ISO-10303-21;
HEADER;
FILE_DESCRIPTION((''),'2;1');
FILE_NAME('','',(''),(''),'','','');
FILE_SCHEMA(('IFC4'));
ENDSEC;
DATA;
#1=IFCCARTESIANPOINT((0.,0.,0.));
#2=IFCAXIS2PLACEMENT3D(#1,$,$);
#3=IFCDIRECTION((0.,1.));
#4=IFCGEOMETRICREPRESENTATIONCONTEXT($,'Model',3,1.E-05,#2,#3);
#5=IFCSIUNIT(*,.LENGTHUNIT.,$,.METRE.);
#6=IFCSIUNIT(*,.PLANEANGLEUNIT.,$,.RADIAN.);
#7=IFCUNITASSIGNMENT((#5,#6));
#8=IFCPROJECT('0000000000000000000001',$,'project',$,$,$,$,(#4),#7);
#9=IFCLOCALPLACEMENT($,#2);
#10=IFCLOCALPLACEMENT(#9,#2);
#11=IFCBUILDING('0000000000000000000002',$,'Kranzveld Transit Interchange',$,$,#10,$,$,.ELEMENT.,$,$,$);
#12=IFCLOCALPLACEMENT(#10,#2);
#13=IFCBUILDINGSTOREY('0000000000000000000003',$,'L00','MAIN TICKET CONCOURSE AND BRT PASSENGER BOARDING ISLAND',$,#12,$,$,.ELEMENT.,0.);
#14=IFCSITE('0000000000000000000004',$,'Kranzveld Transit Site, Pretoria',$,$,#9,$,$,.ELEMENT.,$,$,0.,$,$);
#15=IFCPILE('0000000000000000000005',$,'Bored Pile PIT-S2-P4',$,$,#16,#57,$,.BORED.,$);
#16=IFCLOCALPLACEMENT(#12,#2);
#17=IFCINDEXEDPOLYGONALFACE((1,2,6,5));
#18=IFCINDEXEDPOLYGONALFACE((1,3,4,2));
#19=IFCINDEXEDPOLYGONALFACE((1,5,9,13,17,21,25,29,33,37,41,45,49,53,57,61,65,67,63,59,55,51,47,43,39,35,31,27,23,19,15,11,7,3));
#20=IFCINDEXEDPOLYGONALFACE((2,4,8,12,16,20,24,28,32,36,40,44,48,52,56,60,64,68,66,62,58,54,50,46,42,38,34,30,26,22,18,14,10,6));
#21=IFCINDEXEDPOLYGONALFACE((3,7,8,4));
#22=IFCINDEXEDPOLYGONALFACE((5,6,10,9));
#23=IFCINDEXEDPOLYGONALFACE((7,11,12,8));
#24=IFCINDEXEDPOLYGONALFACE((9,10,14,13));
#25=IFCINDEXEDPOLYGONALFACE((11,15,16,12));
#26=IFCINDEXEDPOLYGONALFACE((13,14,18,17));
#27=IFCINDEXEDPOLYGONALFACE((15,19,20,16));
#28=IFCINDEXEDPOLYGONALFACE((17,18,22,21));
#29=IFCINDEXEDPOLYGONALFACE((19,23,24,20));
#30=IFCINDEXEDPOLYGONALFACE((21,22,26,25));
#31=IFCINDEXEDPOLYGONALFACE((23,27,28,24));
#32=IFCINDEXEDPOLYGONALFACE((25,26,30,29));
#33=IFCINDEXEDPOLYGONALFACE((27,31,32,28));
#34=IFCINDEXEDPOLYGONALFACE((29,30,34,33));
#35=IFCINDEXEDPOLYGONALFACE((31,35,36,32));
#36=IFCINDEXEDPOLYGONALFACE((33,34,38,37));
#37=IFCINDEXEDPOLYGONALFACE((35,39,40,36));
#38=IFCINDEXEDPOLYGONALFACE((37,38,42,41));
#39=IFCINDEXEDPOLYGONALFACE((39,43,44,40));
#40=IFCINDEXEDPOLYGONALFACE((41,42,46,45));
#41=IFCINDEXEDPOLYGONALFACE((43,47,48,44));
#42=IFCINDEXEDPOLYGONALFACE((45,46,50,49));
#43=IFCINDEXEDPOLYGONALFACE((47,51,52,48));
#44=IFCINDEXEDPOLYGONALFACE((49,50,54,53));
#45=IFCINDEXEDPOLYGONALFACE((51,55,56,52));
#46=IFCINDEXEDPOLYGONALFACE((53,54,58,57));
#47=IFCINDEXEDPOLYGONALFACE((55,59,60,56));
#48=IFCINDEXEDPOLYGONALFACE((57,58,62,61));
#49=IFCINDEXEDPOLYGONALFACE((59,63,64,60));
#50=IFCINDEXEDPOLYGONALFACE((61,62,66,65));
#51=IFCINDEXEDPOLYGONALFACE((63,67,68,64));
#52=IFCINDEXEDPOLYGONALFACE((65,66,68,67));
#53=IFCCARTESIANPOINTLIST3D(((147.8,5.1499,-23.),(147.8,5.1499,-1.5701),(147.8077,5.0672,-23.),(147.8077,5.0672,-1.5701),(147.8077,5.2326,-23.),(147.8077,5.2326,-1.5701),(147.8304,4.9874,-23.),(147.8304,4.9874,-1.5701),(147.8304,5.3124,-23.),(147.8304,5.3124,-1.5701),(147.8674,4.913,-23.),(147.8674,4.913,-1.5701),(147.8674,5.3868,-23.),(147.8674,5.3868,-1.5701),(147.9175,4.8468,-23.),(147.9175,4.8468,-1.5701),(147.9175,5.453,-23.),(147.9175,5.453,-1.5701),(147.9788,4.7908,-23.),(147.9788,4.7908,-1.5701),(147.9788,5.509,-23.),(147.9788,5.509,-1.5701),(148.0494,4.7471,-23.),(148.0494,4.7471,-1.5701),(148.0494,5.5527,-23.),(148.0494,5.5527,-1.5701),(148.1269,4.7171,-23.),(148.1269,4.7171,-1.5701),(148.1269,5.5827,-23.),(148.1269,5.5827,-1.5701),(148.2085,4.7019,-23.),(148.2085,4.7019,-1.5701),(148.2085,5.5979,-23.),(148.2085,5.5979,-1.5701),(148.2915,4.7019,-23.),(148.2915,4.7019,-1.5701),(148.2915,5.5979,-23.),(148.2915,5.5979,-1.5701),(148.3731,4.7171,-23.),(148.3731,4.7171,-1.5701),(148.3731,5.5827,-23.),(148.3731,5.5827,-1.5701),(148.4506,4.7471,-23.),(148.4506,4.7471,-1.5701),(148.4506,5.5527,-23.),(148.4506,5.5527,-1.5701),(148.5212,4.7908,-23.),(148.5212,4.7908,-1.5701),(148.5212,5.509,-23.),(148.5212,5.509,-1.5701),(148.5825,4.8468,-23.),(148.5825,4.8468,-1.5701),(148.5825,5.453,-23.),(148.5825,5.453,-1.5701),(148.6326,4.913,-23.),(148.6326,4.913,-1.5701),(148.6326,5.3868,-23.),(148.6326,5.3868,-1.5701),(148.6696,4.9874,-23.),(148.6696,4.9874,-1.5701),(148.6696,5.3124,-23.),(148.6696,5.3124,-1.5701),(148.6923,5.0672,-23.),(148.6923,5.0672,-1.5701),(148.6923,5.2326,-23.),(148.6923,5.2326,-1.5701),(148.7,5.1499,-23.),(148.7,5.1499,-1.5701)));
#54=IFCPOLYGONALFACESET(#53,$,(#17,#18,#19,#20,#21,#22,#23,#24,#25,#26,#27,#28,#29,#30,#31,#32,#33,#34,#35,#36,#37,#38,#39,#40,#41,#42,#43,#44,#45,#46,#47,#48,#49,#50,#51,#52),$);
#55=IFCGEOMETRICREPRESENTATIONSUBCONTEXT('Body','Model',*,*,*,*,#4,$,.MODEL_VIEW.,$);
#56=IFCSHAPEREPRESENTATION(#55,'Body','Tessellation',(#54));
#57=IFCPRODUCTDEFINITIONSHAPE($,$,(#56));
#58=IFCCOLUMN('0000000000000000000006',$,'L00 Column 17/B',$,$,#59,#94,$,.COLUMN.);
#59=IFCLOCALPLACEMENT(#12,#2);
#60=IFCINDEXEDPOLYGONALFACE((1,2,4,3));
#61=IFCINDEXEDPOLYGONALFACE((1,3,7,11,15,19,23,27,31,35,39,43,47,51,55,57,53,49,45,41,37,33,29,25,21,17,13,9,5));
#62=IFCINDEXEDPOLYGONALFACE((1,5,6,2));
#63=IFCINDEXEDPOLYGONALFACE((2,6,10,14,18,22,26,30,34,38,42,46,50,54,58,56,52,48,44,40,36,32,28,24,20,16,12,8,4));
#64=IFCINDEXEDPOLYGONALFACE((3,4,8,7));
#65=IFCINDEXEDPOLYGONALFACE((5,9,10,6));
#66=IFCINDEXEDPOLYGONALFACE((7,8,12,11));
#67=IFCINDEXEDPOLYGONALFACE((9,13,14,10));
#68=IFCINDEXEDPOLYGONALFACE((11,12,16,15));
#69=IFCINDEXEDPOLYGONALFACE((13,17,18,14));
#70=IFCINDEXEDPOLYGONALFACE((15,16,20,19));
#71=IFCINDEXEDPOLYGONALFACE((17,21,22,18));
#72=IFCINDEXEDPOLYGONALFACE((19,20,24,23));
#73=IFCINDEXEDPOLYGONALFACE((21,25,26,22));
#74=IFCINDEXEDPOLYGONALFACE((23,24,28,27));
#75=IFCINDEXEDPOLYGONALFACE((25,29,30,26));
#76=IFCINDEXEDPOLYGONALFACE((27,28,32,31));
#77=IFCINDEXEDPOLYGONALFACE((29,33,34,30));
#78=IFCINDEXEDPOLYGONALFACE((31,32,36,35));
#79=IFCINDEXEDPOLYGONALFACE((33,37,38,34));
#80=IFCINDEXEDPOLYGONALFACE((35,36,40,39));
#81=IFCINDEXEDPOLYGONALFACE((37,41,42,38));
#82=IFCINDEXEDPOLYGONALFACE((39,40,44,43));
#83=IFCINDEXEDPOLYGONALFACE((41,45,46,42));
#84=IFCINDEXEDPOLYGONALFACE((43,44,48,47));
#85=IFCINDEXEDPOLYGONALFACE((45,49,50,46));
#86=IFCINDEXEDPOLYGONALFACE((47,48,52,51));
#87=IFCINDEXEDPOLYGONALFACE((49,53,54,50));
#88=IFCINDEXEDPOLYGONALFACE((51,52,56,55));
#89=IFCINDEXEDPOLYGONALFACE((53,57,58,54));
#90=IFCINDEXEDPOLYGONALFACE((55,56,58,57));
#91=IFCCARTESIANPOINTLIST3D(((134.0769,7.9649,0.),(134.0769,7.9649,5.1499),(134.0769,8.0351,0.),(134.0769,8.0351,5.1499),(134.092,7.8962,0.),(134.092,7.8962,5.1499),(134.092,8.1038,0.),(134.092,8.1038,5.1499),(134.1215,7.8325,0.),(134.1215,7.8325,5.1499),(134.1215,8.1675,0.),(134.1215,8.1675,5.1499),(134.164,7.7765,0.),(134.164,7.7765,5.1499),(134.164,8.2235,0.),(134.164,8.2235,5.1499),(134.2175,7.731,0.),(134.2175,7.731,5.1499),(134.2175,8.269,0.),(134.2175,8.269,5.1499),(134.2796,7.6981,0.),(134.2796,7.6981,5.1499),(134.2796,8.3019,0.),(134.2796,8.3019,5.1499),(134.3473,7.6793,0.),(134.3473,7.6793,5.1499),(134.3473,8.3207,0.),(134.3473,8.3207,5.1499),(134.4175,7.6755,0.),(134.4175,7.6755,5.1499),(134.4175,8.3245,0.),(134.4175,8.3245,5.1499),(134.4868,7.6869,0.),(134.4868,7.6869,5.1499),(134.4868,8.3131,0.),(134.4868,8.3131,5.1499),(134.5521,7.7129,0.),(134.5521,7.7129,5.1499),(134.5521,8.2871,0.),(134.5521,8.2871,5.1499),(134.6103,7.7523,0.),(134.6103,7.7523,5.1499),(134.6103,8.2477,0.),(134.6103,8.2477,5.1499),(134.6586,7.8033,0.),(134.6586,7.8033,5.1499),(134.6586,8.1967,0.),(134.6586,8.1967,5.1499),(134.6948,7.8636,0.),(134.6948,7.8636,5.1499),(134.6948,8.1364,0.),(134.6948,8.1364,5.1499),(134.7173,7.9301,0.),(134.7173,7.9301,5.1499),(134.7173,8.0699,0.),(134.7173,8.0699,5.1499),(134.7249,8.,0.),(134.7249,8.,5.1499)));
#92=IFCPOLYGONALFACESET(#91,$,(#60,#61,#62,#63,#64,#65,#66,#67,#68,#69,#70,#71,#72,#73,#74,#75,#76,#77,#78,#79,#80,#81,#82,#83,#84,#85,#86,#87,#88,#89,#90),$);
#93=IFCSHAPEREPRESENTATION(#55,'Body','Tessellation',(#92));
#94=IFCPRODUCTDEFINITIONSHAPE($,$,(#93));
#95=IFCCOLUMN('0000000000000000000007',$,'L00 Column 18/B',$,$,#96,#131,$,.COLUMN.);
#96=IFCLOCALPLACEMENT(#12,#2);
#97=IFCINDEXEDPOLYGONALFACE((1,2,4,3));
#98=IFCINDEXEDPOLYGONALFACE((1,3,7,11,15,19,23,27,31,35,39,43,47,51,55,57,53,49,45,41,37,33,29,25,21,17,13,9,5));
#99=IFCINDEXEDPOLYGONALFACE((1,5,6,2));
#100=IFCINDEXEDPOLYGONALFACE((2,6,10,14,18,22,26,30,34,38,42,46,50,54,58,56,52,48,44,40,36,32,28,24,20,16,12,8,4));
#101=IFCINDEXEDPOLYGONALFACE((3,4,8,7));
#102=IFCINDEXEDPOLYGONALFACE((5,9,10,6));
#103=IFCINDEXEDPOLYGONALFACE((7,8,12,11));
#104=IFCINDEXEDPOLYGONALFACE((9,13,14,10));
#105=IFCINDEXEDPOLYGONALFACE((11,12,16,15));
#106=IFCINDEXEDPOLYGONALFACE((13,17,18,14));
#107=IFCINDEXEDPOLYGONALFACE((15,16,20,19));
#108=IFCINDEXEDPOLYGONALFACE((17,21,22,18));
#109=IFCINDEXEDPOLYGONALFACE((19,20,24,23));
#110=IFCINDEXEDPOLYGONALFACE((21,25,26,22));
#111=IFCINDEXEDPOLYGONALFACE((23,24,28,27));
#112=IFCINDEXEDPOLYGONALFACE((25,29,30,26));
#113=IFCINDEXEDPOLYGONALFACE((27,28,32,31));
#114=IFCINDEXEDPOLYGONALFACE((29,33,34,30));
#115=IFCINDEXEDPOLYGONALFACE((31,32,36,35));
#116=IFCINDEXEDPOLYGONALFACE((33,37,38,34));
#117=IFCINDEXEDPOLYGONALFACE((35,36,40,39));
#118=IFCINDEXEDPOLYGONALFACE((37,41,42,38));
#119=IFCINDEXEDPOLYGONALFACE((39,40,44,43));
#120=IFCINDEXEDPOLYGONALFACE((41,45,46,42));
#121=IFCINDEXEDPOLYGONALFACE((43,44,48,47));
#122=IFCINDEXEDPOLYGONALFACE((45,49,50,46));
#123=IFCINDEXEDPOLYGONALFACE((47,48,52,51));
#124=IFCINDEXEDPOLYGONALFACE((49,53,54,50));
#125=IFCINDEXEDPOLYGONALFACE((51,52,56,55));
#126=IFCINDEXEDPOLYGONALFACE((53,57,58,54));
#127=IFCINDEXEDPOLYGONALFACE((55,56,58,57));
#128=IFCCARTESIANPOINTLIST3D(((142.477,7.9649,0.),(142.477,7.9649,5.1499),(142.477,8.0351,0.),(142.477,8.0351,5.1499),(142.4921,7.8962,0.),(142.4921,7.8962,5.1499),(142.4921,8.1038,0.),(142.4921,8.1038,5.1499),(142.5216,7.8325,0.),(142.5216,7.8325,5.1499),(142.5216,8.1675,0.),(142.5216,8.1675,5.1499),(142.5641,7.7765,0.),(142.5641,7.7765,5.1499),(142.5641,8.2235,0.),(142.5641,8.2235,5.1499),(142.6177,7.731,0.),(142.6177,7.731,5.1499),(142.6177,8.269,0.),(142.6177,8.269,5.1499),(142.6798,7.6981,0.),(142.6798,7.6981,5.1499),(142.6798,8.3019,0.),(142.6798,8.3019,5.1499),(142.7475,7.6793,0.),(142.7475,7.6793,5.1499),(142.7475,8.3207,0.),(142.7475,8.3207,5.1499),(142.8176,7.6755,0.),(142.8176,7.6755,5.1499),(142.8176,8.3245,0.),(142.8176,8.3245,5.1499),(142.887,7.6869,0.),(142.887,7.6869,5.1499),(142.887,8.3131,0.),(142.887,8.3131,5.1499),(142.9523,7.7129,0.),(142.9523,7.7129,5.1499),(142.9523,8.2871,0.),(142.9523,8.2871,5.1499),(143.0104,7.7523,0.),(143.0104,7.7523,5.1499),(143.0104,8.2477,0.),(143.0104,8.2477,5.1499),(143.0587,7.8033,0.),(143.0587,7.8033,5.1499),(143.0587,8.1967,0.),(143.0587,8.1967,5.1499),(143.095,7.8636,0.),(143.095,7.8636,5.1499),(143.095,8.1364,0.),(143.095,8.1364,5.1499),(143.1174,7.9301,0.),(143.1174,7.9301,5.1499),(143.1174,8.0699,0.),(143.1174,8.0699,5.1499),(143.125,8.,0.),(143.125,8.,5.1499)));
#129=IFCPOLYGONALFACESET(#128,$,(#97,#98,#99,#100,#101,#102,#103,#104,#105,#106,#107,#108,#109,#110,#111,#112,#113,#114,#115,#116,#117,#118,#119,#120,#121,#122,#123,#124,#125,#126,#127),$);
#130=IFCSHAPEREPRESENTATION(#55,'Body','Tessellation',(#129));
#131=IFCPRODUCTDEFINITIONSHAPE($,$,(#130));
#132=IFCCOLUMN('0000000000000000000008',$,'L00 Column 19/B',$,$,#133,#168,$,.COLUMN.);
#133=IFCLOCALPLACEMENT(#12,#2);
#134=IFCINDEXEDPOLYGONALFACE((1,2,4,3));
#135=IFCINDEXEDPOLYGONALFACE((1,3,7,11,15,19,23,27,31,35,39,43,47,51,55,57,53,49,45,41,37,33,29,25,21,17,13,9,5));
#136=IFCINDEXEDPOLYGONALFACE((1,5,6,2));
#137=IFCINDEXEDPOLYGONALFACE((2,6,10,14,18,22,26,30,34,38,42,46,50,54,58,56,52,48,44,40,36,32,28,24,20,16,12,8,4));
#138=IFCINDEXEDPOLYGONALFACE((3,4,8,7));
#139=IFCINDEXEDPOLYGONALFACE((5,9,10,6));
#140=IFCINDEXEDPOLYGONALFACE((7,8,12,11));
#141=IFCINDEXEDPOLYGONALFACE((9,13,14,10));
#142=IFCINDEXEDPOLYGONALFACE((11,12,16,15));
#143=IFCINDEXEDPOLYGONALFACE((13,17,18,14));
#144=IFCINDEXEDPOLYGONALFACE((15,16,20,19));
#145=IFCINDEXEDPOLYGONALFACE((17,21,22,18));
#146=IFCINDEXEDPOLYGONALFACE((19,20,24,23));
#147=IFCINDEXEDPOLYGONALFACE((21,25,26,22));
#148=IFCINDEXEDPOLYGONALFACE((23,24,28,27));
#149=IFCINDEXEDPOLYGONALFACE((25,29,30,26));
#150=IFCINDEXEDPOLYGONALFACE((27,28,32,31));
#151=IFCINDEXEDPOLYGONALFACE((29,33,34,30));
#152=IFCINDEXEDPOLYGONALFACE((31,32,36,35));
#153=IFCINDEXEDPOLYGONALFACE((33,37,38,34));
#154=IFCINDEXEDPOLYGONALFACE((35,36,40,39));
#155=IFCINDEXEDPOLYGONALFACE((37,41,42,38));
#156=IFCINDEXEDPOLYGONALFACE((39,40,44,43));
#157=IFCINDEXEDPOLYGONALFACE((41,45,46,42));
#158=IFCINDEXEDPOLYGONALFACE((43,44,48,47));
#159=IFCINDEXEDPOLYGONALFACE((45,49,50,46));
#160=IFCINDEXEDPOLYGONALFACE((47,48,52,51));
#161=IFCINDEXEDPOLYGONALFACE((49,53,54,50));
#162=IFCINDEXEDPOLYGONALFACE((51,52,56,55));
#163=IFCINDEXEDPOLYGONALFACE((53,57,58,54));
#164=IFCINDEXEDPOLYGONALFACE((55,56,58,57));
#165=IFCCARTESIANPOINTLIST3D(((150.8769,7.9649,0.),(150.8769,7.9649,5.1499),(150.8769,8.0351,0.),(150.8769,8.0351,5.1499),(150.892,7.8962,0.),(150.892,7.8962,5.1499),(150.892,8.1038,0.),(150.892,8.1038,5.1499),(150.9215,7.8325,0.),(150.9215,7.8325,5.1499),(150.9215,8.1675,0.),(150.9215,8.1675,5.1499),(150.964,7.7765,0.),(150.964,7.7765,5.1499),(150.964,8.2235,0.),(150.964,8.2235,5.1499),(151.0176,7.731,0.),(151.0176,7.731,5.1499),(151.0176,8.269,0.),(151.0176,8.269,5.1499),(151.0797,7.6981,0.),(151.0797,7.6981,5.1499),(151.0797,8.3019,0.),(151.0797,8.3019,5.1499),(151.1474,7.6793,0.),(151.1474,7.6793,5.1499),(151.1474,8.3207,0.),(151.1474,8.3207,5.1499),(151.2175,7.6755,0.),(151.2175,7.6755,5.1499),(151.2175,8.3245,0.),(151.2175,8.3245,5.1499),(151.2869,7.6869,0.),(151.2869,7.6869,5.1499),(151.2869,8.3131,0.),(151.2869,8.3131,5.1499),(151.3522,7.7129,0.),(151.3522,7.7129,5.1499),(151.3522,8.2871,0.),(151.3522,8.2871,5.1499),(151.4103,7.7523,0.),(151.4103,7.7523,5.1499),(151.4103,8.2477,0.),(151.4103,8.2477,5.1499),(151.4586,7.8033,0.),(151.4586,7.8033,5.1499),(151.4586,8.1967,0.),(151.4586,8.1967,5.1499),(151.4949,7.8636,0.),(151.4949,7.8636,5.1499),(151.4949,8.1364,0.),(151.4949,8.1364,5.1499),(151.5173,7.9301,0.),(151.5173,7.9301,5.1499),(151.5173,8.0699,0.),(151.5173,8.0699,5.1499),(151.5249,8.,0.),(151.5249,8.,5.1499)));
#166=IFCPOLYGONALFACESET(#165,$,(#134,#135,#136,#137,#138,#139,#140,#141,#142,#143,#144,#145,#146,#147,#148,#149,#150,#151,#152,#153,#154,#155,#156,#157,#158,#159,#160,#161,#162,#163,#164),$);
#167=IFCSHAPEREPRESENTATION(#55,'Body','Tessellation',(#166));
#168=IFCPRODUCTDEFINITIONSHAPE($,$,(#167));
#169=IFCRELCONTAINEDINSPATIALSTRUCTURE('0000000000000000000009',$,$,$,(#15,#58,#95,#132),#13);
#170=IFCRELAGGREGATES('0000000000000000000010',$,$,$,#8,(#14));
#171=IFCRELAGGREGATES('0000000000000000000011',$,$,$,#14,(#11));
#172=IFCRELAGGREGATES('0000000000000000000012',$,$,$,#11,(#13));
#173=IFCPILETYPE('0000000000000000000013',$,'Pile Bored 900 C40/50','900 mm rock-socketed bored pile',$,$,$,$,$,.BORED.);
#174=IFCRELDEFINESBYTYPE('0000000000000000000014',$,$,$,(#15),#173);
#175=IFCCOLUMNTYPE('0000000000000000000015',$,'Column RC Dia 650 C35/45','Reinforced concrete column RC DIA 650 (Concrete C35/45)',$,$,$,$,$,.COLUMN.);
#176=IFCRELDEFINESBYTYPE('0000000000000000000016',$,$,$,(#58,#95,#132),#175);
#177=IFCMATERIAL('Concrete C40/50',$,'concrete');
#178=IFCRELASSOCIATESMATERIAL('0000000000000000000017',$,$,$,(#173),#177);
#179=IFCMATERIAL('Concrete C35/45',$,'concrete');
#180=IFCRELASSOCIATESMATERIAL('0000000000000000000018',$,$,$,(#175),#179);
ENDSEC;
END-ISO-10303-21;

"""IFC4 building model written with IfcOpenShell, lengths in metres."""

from ifc_helpers import new_model, si_unit, direction, frame, origin, origin_2d, place, context, subcontext, project, spatial, circle, extrude, material, material_profile, profile_set, type_object, element, save


model = new_model("IFC4")

# Units and contexts
model_context = context("Model", 3, precision=1e-05, world=origin(), true_north=direction((0.0, 1.0)))
body_context = subcontext(model_context, "Body", "Model", "MODEL_VIEW")
ifc_project = project(units=[si_unit("LENGTHUNIT", "METRE"), si_unit("PLANEANGLEUNIT", "RADIAN")], contexts=[model_context])

# Site, building, storey
site_placement = place(None, origin())
site = spatial("IfcSite", under=ifc_project, at=site_placement, Name="Kranzveld Transit Site, Pretoria", CompositionType="ELEMENT", RefElevation=0.0)
building_placement = place(site_placement, origin())
building = spatial("IfcBuilding", under=site, at=building_placement, Name="Kranzveld Transit Interchange", CompositionType="ELEMENT")
storey_placement = place(building_placement, origin())
storey = spatial("IfcBuildingStorey", under=building, at=storey_placement, Name="L00", Description="MAIN TICKET CONCOURSE AND BRT PASSENGER BOARDING ISLAND", CompositionType="ELEMENT", Elevation=0.0)

# Pile
ifc_material_1 = material(Name="Concrete C40/50", Category="concrete")
ifc_material_profile_1 = material_profile(ifc_material_1, circle(Radius=0.45, at=origin_2d()), Name="BORED PILE 900")
ifc_profile_set_1 = profile_set([ifc_material_profile_1], Name="Concrete C40/50")
pile_type = type_object("IfcPileType", Name="Pile Bored 900 C40/50", Description="900 mm rock-socketed bored pile", PredefinedType="BORED", material=ifc_profile_set_1)
for number, where, z_axis, x_axis, name in (
    (1, (148.25, 5.1499, -1.5701), (0.0, 0.0, -1.0), (1.0, 0.0, 0.0), "Bored Pile PIT-S2-P4"),
):
    element("IfcPile", number, at=place(storey_placement, frame(where, z_axis=z_axis, x_axis=x_axis)), inside=storey, type_object=pile_type, Name=name, PredefinedType="BORED", context=body_context, shape_type="SweptSolid", body=[
        extrude(circle(Radius=0.45, at=origin_2d()), origin(), (0.0, 0.0, 1.0), 21.4299),
    ])

# Columns
ifc_material_2 = material(Name="Concrete C35/45", Category="concrete")
ifc_material_profile_2 = material_profile(ifc_material_2, circle(Radius=0.325, at=origin_2d()), Name="RC DIA 650")
ifc_profile_set_2 = profile_set([ifc_material_profile_2], Name="Concrete C35/45")
column_type_1 = type_object("IfcColumnType", Name="Column RC Dia 650 C35/45", Description="Reinforced concrete column RC DIA 650 (Concrete C35/45)", PredefinedType="COLUMN", material=ifc_profile_set_2)
for number, where, z_axis, x_axis, name in (
    (2, (134.3999, 8.0, 0.0), (0.0, 0.0, 1.0), (1.0, 0.0, 0.0), "L00 Column 17/B"),
    (3, (142.8, 8.0, 0.0), (0.0, 0.0, 1.0), (1.0, 0.0, 0.0), "L00 Column 18/B"),
    (4, (151.2, 8.0, 0.0), (0.0, 0.0, 1.0), (1.0, 0.0, 0.0), "L00 Column 19/B"),
):
    element("IfcColumn", number, at=place(storey_placement, frame(where, z_axis=z_axis, x_axis=x_axis)), inside=storey, type_object=column_type_1, Name=name, PredefinedType="COLUMN", context=body_context, shape_type="SweptSolid", body=[
        extrude(circle(Radius=0.325, at=origin_2d()), origin(), (0.0, 0.0, 1.0), 5.1499),
    ])

save(model, "model.ifc")
